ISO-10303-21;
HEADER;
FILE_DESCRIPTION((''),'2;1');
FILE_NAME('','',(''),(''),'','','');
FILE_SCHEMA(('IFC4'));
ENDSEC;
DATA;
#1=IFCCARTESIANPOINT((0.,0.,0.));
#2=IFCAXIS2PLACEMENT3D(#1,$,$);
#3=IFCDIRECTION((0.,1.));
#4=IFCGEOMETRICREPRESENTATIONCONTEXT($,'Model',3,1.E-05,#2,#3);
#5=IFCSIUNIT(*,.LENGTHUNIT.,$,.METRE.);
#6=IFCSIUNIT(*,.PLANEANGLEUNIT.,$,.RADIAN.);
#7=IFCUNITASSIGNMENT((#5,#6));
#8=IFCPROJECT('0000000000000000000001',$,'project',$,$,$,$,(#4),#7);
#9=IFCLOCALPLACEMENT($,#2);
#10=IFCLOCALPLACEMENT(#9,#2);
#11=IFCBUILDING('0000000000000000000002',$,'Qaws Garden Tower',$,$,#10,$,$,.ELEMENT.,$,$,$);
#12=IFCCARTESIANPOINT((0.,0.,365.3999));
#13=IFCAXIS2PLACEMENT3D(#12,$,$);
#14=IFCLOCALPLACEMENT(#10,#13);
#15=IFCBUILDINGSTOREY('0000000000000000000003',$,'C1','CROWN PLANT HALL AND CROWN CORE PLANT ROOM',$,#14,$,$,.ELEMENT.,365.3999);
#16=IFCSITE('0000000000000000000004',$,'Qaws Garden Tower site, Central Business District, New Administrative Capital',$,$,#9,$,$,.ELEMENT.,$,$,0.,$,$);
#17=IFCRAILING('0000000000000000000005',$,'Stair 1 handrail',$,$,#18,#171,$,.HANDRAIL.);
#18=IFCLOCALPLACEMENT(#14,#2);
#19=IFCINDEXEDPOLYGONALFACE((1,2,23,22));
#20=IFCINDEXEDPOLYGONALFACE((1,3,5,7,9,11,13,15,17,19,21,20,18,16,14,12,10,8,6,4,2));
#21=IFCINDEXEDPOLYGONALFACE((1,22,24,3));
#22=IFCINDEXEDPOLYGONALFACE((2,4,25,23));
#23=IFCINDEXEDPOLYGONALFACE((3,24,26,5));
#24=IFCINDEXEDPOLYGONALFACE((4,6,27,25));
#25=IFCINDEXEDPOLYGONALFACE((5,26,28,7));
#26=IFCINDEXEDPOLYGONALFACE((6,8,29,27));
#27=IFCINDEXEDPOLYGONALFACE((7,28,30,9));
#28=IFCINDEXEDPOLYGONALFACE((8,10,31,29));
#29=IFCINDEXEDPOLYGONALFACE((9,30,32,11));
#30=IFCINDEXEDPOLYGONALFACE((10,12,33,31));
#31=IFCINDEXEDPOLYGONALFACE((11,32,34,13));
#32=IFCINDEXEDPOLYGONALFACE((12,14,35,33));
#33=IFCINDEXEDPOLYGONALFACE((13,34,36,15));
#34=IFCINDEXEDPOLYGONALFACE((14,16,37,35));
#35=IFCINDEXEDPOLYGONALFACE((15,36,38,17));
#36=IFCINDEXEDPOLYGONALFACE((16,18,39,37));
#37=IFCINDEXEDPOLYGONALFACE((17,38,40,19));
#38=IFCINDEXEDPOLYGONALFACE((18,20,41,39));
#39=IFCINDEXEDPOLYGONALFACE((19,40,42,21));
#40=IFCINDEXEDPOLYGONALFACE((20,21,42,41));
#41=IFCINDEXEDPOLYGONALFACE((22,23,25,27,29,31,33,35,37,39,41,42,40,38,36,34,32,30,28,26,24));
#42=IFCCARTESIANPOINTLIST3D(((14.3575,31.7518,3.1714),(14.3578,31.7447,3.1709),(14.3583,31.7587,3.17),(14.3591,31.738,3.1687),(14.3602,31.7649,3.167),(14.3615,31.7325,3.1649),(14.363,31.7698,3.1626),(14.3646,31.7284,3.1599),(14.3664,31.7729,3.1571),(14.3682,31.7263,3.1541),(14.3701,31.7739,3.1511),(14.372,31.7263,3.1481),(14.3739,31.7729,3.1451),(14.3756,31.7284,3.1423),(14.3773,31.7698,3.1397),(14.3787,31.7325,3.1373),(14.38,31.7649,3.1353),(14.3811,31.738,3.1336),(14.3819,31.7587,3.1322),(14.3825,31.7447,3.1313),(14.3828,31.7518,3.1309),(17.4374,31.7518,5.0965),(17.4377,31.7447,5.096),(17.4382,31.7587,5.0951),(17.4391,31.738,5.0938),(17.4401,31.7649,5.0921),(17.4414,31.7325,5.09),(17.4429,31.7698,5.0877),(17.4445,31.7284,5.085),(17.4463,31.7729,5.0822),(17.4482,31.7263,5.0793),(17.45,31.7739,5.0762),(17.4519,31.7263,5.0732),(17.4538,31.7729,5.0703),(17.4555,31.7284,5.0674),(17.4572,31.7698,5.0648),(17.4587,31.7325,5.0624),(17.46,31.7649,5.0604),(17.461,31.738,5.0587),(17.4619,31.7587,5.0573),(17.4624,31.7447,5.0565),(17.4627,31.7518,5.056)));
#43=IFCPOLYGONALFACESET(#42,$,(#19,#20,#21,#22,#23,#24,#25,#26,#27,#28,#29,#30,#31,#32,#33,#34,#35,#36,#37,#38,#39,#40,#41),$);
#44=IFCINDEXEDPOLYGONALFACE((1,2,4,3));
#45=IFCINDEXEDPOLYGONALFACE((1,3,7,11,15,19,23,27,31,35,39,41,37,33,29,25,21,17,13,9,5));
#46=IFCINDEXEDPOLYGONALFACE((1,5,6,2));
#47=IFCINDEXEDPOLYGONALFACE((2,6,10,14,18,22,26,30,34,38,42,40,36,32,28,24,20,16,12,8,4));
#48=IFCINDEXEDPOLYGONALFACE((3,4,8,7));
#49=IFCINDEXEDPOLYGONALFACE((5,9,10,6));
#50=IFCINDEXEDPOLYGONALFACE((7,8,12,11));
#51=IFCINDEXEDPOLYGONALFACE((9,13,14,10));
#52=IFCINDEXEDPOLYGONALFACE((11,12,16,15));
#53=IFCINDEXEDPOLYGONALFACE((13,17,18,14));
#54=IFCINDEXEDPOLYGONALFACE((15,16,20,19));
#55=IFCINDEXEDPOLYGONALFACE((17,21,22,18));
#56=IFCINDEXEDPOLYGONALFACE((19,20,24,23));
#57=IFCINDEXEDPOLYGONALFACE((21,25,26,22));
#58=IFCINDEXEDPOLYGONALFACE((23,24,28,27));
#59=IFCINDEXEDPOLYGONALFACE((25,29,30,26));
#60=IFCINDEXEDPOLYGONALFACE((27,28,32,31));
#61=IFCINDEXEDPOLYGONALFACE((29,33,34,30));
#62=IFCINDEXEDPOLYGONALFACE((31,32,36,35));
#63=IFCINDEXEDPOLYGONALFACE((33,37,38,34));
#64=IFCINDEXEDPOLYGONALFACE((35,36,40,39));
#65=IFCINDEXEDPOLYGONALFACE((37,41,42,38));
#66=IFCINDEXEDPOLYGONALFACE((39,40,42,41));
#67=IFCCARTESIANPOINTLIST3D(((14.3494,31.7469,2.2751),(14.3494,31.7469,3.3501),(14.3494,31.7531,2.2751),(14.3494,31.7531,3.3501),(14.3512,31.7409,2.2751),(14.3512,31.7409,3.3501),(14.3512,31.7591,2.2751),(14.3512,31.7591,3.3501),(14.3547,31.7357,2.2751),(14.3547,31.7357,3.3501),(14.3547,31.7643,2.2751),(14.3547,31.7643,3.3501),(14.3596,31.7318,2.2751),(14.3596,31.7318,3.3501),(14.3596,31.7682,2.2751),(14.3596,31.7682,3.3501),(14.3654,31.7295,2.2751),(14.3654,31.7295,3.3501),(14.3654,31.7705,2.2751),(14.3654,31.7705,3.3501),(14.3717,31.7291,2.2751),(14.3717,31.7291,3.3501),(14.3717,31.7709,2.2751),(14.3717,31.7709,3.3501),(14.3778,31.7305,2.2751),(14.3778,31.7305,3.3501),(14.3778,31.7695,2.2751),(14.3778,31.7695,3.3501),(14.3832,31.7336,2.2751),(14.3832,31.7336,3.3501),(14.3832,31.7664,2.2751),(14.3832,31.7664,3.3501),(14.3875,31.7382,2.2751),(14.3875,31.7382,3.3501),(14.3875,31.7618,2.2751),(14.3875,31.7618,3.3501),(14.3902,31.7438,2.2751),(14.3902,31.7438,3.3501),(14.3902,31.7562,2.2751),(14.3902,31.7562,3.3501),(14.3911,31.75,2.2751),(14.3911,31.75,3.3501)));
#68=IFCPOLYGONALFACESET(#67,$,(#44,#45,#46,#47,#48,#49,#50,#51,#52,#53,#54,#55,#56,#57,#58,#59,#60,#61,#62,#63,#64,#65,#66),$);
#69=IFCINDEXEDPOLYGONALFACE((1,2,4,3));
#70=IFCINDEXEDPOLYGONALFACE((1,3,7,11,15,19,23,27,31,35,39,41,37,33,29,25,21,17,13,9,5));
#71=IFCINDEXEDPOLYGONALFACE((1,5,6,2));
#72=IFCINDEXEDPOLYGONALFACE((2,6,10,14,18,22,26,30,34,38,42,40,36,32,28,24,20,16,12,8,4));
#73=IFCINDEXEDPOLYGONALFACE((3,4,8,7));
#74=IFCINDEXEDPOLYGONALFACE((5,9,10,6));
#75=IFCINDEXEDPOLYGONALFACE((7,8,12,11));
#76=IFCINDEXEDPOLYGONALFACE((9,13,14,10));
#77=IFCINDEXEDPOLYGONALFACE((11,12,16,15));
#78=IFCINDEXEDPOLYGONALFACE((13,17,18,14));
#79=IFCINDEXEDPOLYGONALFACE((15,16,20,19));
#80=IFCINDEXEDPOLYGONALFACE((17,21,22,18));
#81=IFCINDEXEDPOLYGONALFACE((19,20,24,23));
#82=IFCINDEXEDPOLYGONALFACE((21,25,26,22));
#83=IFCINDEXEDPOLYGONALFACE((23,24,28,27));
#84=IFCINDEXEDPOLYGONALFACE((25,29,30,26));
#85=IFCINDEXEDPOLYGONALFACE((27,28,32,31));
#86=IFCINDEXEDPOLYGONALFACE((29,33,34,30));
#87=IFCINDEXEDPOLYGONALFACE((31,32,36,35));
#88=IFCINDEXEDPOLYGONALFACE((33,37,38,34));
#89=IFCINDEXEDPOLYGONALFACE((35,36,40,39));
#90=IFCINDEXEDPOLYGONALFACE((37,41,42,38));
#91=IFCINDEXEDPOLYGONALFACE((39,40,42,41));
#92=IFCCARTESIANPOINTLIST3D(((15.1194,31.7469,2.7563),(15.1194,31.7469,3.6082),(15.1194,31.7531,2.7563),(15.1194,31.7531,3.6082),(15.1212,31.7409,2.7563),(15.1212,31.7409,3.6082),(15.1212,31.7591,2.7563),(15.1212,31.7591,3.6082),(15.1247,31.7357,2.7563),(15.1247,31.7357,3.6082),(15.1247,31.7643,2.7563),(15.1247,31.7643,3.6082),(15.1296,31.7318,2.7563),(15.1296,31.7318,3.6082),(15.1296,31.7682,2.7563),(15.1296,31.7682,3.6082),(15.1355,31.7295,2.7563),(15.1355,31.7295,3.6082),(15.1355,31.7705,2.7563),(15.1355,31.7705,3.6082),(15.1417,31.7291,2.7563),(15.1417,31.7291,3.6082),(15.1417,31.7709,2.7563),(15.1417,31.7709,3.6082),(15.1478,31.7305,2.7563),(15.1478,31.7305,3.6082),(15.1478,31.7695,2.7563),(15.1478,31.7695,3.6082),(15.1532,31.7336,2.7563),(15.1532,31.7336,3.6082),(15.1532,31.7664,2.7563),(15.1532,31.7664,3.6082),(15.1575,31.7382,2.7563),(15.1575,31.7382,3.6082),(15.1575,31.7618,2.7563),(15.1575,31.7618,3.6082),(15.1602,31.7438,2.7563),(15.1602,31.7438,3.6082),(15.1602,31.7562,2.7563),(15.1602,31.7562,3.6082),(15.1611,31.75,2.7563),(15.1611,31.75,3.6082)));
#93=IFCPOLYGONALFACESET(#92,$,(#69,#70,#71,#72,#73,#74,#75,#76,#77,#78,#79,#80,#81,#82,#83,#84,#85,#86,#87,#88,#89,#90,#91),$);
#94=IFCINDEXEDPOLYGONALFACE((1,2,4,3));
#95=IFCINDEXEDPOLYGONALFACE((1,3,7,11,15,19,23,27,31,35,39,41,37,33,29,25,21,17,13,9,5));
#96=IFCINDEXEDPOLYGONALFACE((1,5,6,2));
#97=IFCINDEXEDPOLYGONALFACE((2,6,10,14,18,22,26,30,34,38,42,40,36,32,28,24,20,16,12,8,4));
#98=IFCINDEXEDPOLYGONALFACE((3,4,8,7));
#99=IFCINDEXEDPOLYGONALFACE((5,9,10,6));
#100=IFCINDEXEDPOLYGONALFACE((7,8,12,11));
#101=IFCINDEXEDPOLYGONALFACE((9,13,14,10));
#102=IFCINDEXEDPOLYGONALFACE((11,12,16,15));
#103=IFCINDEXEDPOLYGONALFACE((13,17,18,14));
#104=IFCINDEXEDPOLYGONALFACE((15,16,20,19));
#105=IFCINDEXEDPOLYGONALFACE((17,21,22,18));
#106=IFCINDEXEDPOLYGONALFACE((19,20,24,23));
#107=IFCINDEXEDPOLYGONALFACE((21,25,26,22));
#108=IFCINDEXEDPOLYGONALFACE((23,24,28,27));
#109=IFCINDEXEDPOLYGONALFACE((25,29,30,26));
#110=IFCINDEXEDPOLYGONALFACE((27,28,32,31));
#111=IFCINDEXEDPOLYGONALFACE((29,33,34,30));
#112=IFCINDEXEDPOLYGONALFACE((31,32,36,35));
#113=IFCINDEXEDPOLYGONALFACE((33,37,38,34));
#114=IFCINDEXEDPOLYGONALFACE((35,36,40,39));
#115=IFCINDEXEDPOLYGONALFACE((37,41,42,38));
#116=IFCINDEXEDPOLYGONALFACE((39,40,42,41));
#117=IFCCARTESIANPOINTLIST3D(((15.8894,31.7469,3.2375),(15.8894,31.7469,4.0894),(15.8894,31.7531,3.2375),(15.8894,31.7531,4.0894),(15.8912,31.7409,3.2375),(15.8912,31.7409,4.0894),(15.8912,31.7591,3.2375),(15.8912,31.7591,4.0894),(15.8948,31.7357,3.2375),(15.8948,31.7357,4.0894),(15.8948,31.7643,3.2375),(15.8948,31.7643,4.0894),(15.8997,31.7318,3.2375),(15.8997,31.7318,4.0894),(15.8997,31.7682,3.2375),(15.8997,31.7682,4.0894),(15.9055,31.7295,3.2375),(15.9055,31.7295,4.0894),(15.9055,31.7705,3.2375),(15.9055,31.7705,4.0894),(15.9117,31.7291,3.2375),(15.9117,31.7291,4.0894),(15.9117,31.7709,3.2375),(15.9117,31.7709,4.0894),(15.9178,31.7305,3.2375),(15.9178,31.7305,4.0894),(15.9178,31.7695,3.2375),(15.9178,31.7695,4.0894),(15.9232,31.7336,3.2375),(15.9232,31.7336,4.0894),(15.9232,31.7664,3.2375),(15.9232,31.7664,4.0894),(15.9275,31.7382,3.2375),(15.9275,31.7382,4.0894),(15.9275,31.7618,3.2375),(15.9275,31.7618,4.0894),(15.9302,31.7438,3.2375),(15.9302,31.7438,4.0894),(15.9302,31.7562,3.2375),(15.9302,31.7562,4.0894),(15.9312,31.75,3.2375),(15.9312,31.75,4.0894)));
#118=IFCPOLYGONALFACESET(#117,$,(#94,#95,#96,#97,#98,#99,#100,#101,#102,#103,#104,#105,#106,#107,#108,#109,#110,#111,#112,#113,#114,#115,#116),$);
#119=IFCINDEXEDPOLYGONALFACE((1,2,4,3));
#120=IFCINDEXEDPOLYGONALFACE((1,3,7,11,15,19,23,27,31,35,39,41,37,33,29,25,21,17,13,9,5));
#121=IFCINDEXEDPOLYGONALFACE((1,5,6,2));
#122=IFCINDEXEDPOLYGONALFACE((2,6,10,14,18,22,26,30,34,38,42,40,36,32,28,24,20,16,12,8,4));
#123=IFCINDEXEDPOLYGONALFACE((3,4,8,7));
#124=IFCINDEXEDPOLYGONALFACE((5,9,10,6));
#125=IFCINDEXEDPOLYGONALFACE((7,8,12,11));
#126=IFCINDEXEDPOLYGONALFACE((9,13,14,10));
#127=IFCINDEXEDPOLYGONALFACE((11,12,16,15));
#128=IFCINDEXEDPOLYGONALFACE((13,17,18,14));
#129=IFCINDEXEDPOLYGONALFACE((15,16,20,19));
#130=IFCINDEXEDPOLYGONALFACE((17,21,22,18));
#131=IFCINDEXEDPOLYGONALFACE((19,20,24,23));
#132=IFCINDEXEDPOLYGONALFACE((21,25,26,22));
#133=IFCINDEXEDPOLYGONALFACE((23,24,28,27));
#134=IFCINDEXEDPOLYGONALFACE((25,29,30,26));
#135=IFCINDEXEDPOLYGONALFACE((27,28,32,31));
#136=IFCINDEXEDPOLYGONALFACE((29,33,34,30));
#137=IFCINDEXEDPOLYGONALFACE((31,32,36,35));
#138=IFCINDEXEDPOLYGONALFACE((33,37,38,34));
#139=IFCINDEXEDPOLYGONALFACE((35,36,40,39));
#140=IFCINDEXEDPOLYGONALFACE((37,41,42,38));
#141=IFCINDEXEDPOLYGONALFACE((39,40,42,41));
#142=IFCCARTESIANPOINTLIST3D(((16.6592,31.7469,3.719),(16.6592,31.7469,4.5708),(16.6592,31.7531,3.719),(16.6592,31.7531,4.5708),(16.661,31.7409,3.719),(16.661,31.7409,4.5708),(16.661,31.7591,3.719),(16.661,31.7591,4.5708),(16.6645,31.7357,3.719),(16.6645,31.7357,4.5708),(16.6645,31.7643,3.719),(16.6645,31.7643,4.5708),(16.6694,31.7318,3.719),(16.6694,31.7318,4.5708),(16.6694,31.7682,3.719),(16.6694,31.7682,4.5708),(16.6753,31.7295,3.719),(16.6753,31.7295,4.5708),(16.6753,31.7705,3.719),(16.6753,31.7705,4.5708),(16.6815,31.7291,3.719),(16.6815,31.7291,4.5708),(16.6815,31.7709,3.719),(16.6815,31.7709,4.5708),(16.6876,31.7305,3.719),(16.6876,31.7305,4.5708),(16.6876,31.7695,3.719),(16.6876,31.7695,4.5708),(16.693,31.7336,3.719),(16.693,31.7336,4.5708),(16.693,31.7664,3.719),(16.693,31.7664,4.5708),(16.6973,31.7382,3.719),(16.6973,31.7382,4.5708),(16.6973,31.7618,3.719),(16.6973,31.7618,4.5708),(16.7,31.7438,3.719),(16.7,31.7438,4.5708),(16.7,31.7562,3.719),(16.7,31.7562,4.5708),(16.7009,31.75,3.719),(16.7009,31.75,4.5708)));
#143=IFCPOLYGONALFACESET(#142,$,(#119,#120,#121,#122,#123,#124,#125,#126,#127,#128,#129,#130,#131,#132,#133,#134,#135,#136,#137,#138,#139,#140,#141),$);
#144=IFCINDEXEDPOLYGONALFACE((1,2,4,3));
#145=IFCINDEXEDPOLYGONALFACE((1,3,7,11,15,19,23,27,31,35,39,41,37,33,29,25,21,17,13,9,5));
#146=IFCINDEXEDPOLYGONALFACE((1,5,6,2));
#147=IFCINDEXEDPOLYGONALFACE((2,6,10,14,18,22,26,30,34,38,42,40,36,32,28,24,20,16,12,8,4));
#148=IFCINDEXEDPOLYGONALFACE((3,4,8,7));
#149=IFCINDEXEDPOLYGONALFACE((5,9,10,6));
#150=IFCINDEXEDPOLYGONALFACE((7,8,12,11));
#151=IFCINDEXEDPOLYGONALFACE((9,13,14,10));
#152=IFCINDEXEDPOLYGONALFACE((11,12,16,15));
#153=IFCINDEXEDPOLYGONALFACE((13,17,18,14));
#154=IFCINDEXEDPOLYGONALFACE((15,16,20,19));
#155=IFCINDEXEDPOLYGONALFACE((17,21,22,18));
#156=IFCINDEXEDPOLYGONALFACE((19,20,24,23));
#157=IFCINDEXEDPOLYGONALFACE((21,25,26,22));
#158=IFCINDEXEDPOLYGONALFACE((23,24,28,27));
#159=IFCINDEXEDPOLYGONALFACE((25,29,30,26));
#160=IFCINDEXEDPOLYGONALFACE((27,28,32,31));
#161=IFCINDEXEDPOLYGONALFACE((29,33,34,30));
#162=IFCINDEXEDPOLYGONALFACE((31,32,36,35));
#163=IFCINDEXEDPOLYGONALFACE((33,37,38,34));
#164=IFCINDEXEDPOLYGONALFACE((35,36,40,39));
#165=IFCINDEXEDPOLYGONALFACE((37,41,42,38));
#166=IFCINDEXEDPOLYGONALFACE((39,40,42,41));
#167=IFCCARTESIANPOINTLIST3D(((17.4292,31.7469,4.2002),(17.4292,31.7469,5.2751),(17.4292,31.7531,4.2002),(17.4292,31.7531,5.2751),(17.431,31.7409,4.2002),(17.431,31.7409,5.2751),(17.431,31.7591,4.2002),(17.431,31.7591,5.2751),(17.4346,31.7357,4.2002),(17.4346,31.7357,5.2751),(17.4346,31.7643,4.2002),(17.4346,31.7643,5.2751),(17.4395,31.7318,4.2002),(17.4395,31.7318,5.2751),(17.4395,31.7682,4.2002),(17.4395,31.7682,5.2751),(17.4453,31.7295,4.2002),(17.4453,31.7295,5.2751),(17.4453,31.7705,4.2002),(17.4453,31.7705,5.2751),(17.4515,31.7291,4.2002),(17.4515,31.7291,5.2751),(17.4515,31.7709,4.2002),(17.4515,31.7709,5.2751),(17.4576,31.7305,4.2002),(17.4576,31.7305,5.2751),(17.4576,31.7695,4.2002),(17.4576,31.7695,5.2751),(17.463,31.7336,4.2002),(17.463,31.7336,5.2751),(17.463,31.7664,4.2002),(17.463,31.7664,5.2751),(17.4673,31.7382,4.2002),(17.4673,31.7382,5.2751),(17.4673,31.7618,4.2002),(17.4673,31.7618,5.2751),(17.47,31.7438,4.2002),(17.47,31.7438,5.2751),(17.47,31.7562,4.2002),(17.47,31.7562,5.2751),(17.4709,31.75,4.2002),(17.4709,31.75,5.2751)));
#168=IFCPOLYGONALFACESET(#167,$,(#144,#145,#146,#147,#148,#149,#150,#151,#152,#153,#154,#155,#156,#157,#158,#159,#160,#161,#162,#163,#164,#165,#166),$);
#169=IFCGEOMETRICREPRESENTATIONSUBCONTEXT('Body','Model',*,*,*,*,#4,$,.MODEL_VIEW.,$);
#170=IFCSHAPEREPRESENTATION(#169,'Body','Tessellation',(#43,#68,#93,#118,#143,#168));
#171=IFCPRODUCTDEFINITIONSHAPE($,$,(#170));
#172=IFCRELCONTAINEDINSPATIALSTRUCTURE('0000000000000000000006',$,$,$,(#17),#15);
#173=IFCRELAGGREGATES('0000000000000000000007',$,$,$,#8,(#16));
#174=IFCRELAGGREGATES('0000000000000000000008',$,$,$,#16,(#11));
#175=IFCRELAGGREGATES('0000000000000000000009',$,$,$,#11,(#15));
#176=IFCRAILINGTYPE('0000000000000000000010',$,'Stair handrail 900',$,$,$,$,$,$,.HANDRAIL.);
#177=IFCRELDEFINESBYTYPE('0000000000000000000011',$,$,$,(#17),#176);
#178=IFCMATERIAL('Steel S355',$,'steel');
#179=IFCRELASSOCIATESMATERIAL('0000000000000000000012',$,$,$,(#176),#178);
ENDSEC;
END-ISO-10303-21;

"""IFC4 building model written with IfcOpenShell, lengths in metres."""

from ifc_helpers import new_model, si_unit, direction, frame, origin, origin_2d, place, context, subcontext, project, spatial, circle, extrude, material, type_object, element, save


model = new_model("IFC4")

# Units and contexts
model_context = context("Model", 3, precision=1e-05, world=origin(), true_north=direction((0.0, 1.0)))
body_context = subcontext(model_context, "Body", "Model", "MODEL_VIEW")
ifc_project = project(units=[si_unit("LENGTHUNIT", "METRE"), si_unit("PLANEANGLEUNIT", "RADIAN")], contexts=[model_context])

# Site, building, storey
site_placement = place(None, origin())
site = spatial("IfcSite", under=ifc_project, at=site_placement, Name="Qaws Garden Tower site, Central Business District, New Administrative Capital", CompositionType="ELEMENT", RefElevation=0.0)
building_placement = place(site_placement, origin())
building = spatial("IfcBuilding", under=site, at=building_placement, Name="Qaws Garden Tower", CompositionType="ELEMENT")
storey_placement = place(building_placement, frame((0.0, 0.0, 365.3999)))
storey = spatial("IfcBuildingStorey", under=building, at=storey_placement, Name="C1", Description="CROWN PLANT HALL AND CROWN CORE PLANT ROOM", CompositionType="ELEMENT", Elevation=365.3999)

# Railing
ifc_material_1 = material(Name="Steel S355", Category="steel")
railing_type_1 = type_object("IfcRailingType", Name="Stair handrail 900", PredefinedType="HANDRAIL", material=ifc_material_1)
railing_1_placement = place(storey_placement, frame((14.3701, 31.75, 2.2751)))
element("IfcRailing", 1, at=railing_1_placement, inside=storey, type_object=railing_type_1, Name="Stair 1 handrail", PredefinedType="HANDRAIL", context=body_context, shape_type="SweptSolid", body=[
    extrude(circle(Radius=0.0239, at=origin_2d()), frame((0.0, 0.0, 0.876), z_axis=(0.847979, 0.0, 0.530029), x_axis=(0.0, 1.0, 0.0)), (0.0, 0.0, 1.0), 3.6321),
    extrude(circle(Radius=0.021, at=origin_2d()), origin(), (0.0, 0.0, 1.0), 1.075),
    extrude(circle(Radius=0.021, at=origin_2d()), frame((0.77, 0.0, 0.4812)), (0.0, 0.0, 1.0), 0.8518),
    extrude(circle(Radius=0.021, at=origin_2d()), frame((1.54, 0.0, 0.9624)), (0.0, 0.0, 1.0), 0.8518),
    extrude(circle(Radius=0.021, at=origin_2d()), frame((2.3098, 0.0, 1.4438)), (0.0, 0.0, 1.0), 0.8518),
    extrude(circle(Radius=0.021, at=origin_2d()), frame((3.0798, 0.0, 1.925)), (0.0, 0.0, 1.0), 1.075),
])

save(model, "model.ifc")
